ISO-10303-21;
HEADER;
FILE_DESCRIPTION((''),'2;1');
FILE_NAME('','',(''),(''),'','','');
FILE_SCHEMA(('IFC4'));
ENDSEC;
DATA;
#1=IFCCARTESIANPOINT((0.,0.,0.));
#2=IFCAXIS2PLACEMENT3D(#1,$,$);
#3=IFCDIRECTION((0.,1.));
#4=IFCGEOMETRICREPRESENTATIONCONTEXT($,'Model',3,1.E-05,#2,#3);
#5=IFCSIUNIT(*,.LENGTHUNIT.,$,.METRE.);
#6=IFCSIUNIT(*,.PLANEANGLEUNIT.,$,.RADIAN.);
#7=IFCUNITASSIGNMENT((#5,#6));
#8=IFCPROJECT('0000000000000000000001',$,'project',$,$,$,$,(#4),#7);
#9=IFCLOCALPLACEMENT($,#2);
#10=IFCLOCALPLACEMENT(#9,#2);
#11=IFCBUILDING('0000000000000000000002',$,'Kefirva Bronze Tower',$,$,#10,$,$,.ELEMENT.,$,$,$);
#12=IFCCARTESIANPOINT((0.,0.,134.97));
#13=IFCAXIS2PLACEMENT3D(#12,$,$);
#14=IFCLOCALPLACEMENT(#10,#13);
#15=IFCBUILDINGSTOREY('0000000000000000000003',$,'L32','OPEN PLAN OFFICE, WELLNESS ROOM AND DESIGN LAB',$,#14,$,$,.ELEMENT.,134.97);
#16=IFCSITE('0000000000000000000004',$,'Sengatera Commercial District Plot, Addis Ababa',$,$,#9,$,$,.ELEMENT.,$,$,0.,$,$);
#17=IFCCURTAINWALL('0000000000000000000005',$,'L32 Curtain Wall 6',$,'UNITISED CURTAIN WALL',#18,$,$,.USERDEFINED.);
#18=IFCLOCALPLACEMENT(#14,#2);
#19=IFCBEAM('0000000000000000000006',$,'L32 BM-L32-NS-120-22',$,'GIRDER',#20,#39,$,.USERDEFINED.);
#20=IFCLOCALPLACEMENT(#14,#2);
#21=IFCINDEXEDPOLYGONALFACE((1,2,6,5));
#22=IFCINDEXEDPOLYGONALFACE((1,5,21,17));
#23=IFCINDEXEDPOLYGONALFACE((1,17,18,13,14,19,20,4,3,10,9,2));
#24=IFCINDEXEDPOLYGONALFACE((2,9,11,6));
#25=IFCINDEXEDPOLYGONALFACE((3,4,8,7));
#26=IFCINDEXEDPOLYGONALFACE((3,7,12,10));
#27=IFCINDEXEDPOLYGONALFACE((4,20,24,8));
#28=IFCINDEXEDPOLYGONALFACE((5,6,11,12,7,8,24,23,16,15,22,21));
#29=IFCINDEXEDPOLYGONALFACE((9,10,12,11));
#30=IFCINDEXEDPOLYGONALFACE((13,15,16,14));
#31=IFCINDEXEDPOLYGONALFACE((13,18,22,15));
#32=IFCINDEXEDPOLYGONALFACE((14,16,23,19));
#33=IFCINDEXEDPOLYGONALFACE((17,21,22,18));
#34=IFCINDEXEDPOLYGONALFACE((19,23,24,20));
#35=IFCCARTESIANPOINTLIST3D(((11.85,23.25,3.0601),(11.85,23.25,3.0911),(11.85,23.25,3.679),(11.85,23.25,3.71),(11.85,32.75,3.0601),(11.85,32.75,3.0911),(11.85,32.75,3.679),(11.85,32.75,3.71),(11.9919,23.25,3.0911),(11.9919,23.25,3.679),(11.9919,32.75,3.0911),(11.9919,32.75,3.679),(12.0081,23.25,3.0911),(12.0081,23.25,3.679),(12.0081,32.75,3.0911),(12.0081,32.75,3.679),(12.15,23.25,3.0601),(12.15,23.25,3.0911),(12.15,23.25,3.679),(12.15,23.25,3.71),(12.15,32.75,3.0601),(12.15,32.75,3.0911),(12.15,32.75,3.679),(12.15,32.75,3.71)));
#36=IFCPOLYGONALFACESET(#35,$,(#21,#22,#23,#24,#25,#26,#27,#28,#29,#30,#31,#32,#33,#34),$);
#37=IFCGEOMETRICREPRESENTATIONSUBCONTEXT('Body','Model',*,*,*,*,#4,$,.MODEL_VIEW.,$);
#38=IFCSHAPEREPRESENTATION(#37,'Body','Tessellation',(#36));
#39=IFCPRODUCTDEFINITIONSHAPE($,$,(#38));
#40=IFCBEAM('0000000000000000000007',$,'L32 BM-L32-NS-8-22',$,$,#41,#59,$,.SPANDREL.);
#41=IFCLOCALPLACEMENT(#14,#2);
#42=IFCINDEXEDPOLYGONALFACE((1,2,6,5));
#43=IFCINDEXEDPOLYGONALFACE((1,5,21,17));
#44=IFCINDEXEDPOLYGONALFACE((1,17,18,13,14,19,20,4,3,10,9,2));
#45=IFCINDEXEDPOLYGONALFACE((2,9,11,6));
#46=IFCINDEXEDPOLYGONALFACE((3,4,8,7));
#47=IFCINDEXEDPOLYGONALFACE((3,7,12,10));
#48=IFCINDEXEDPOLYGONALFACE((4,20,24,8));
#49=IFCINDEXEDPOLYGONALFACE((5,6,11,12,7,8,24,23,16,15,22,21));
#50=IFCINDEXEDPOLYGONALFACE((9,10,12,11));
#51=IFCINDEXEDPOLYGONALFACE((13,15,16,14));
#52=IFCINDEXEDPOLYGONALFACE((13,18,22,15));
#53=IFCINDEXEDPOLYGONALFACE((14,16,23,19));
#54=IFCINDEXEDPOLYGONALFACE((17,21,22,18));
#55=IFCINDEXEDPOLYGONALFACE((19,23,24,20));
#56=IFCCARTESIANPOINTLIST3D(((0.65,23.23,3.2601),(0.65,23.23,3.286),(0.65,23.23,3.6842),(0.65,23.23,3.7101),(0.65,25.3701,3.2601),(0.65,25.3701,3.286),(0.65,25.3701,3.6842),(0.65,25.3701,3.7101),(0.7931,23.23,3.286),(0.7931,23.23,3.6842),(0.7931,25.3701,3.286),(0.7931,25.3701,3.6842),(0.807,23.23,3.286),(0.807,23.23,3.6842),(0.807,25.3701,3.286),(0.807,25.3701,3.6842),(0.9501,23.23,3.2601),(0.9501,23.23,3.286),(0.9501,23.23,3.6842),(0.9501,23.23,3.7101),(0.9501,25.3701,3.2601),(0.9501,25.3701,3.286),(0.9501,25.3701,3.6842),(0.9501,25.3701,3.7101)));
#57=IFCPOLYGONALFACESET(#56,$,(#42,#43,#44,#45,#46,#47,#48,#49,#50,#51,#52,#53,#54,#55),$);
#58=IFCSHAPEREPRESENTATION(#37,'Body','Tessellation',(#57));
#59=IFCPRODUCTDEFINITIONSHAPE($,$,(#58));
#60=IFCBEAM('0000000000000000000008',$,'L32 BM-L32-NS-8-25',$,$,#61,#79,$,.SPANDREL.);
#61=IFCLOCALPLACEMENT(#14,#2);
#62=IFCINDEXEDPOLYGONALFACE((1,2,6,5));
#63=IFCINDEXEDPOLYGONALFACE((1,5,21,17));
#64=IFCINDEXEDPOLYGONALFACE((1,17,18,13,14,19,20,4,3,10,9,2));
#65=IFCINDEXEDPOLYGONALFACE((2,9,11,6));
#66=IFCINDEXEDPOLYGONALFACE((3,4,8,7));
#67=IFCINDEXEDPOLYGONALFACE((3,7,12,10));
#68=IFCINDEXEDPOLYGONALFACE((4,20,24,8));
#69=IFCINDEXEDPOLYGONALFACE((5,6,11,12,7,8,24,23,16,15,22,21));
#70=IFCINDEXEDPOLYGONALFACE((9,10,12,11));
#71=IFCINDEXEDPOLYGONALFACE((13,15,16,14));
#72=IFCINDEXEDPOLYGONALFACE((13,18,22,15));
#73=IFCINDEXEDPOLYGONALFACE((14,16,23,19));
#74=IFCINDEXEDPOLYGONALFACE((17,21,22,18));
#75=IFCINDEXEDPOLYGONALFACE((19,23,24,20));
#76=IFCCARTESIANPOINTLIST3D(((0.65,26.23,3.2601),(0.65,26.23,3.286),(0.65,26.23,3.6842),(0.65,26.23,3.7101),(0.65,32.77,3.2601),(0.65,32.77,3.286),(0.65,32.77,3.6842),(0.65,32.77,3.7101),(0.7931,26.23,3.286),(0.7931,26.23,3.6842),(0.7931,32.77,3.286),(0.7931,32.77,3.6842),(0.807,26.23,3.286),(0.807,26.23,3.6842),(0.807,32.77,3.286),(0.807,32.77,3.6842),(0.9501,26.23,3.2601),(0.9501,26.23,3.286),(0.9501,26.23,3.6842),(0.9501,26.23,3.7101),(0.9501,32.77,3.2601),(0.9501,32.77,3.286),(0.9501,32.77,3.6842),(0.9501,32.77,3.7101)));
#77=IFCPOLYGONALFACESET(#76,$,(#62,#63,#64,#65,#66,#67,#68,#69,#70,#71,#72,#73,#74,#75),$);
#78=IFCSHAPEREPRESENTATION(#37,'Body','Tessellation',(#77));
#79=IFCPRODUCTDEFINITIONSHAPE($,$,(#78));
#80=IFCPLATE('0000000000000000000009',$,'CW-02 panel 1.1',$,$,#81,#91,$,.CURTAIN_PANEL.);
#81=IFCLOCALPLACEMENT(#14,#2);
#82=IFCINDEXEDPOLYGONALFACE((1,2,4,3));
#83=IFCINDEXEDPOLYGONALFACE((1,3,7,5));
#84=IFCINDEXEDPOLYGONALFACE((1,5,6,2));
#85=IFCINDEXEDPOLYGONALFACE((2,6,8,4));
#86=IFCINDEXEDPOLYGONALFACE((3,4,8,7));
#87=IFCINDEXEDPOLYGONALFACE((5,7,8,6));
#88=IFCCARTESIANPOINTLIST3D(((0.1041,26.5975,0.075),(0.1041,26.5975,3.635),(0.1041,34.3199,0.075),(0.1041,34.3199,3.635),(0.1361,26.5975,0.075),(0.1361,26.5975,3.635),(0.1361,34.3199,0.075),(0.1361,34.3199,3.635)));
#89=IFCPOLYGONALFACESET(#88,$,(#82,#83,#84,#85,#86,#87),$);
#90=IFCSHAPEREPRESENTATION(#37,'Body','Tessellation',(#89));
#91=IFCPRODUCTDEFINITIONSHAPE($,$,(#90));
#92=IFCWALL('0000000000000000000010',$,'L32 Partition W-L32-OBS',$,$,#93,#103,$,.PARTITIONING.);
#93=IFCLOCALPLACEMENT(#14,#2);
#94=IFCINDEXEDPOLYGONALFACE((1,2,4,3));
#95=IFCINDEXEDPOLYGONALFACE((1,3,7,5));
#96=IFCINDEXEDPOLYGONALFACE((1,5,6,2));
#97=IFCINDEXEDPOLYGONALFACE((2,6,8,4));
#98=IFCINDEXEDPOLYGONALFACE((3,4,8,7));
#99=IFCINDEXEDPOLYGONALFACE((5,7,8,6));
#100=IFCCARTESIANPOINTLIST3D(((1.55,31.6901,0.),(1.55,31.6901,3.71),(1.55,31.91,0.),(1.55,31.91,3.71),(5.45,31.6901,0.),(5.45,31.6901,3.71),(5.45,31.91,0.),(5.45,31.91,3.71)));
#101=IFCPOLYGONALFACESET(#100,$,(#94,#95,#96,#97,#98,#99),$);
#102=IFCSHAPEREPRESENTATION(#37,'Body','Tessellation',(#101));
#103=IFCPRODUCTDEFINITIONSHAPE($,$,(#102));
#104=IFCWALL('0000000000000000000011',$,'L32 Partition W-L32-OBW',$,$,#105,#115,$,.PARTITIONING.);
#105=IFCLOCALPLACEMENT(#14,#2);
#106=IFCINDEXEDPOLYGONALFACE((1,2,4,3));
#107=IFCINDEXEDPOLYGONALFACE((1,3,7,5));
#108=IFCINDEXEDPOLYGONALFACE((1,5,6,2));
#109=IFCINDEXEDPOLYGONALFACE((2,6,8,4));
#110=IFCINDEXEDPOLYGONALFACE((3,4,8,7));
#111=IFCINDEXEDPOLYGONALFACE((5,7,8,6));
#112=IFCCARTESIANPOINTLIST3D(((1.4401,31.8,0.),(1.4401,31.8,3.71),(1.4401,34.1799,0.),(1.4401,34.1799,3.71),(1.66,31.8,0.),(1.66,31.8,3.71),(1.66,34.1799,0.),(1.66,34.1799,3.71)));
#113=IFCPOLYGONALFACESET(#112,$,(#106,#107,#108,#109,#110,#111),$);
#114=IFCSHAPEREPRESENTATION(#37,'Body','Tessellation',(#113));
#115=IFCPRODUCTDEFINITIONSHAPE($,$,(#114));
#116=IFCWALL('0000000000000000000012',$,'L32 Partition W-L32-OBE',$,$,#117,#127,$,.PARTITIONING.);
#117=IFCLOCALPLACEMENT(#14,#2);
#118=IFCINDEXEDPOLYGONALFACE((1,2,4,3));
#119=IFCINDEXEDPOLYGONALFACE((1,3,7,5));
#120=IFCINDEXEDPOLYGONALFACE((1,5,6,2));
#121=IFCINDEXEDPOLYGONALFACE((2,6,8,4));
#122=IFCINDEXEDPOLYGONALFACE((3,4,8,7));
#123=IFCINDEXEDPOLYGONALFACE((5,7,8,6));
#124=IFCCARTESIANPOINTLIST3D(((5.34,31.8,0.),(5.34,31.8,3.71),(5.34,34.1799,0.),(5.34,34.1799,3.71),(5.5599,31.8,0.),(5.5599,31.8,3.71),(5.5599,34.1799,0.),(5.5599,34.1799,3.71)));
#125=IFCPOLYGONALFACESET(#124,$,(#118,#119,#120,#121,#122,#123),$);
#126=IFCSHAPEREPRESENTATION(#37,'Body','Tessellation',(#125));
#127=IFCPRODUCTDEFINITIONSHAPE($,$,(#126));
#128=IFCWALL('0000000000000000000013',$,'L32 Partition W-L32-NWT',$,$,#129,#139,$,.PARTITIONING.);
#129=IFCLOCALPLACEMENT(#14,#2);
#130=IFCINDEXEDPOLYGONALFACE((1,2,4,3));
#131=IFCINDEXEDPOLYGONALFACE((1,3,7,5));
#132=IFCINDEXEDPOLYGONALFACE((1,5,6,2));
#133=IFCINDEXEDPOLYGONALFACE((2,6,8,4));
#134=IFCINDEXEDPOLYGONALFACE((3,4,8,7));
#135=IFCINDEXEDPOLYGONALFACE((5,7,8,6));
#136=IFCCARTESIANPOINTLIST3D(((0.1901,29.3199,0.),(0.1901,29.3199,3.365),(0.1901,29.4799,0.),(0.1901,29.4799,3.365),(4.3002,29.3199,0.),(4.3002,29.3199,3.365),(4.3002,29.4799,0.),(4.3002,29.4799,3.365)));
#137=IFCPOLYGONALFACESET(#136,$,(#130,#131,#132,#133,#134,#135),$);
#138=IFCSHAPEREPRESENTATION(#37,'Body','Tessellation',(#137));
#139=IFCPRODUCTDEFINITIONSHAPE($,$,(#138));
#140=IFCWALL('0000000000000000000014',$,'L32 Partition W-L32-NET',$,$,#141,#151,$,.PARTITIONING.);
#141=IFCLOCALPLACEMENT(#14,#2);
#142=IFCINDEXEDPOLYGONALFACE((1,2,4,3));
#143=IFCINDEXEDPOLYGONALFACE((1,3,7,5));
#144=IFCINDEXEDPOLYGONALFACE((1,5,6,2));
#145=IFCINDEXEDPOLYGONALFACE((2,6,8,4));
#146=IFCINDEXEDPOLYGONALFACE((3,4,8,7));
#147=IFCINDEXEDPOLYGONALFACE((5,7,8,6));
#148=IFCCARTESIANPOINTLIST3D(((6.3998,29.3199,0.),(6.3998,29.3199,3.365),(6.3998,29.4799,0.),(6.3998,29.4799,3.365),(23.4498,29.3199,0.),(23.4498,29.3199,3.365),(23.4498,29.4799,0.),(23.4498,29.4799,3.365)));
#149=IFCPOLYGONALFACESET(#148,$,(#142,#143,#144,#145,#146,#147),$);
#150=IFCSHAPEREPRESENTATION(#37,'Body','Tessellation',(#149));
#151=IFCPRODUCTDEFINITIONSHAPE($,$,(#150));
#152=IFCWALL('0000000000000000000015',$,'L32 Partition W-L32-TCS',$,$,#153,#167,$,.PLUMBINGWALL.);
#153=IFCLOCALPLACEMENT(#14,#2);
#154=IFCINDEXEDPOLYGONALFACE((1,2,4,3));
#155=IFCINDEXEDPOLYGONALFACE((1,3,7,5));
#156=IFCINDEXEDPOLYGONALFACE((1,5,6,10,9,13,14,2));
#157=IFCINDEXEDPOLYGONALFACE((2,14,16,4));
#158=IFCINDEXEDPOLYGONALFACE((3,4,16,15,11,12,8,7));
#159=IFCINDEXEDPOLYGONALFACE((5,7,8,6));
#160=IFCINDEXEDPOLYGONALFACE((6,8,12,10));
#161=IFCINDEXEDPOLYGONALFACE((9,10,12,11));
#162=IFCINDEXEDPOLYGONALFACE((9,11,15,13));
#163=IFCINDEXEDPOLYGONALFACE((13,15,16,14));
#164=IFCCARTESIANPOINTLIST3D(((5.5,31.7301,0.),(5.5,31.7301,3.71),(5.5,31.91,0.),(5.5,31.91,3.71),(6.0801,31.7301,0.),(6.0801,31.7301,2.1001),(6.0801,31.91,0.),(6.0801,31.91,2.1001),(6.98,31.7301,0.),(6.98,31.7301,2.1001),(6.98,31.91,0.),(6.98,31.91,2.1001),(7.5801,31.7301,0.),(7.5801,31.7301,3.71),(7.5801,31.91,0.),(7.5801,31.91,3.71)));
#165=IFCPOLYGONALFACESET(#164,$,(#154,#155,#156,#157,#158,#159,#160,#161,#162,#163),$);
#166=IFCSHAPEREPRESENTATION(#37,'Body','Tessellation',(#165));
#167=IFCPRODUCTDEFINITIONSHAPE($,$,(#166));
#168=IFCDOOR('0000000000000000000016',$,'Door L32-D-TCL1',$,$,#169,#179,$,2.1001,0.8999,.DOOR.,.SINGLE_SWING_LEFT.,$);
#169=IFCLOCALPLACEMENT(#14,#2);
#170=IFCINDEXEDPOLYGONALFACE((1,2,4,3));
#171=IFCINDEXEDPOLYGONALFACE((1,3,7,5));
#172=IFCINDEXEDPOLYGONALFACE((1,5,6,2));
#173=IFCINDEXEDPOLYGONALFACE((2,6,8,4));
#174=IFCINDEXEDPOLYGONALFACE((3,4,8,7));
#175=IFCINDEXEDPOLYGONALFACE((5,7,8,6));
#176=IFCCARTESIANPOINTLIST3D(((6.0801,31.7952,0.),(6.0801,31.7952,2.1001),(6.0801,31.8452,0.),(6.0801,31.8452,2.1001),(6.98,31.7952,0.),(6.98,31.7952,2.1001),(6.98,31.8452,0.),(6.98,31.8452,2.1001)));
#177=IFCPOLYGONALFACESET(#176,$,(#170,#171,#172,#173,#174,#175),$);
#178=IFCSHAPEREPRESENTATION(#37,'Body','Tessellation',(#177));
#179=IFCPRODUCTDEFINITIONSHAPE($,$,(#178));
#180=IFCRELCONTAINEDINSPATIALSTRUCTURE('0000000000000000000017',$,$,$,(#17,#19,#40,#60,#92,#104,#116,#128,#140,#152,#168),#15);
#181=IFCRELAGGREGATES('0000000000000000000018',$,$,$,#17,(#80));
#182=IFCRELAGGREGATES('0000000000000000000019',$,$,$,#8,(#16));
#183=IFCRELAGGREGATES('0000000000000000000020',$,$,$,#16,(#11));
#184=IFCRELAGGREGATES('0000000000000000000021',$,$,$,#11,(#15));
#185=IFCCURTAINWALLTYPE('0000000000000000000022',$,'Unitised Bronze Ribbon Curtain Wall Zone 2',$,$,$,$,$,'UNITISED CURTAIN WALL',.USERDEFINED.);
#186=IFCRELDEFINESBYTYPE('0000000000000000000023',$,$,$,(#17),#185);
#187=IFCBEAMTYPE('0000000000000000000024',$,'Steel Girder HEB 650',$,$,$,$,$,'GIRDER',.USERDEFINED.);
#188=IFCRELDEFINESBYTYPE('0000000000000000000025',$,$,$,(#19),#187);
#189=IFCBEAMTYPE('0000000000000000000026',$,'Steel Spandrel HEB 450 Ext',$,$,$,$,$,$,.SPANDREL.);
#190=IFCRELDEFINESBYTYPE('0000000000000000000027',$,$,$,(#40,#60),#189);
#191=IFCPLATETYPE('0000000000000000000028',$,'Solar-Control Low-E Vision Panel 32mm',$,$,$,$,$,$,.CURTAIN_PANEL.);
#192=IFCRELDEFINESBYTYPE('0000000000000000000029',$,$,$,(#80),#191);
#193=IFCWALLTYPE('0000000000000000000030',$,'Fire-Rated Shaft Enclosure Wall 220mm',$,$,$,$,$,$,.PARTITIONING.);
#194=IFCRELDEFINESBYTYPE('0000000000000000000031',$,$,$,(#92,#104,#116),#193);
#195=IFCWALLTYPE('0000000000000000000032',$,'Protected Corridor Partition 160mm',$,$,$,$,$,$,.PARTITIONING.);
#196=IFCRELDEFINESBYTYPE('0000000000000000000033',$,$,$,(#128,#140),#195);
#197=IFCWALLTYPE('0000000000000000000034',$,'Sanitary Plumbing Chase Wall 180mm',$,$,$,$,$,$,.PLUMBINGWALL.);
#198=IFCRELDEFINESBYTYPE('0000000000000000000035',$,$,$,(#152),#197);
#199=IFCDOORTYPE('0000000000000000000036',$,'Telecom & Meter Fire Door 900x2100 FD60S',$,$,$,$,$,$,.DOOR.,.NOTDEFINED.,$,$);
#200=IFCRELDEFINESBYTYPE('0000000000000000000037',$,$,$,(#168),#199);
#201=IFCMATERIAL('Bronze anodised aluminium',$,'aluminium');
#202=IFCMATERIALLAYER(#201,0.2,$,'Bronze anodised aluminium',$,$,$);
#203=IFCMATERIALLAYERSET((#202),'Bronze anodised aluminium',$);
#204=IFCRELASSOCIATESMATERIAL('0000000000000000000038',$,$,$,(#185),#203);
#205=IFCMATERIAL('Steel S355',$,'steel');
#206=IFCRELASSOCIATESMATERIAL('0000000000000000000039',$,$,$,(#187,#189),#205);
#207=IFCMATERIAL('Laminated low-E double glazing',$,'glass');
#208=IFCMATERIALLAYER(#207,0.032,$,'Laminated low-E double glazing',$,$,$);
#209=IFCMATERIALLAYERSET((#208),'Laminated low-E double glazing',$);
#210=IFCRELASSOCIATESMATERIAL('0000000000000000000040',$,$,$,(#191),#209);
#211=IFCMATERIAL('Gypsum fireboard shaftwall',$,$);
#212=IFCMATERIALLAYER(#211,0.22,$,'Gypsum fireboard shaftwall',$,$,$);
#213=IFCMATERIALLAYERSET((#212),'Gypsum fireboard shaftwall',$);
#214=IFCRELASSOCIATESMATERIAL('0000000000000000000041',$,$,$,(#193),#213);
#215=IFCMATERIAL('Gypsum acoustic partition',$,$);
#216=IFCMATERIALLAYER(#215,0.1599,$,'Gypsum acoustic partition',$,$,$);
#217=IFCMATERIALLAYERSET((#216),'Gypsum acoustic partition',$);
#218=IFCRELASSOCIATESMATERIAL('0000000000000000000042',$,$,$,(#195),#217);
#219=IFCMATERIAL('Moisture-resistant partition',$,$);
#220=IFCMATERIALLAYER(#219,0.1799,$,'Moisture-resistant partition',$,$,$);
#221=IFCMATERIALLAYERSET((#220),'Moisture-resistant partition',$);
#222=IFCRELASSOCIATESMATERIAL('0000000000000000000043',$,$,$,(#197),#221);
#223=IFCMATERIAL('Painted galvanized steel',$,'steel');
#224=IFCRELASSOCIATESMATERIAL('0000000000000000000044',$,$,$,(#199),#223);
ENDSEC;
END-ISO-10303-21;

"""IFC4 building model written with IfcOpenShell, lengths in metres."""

from ifc_helpers import new_model, si_unit, direction, frame, frame_2d, origin, origin_2d, place, context, subcontext, project, spatial, rectangle, i_section, extrude, material, layer, layer_set, material_profile, profile_set, type_object, element, fill, aggregate, save


model = new_model("IFC4")

# Units and contexts
model_context = context("Model", 3, precision=1e-05, world=origin(), true_north=direction((0.0, 1.0)))
body_context = subcontext(model_context, "Body", "Model", "MODEL_VIEW")
ifc_project = project(units=[si_unit("LENGTHUNIT", "METRE"), si_unit("PLANEANGLEUNIT", "RADIAN")], contexts=[model_context])

# Site, building, storey
site_placement = place(None, origin())
site = spatial("IfcSite", under=ifc_project, at=site_placement, Name="Sengatera Commercial District Plot, Addis Ababa", CompositionType="ELEMENT", RefElevation=0.0)
building_placement = place(site_placement, origin())
building = spatial("IfcBuilding", under=site, at=building_placement, Name="Kefirva Bronze Tower", CompositionType="ELEMENT")
storey_placement = place(building_placement, frame((0.0, 0.0, 134.97)))
storey = spatial("IfcBuildingStorey", under=building, at=storey_placement, Name="L32", Description="OPEN PLAN OFFICE, WELLNESS ROOM AND DESIGN LAB", CompositionType="ELEMENT", Elevation=134.97)

# Curtain wall
ifc_material_1 = material(Name="Bronze anodised aluminium", Category="aluminium")
ifc_layer_1 = layer(ifc_material_1, 0.2, Name="Bronze anodised aluminium")
ifc_layer_set_1 = layer_set([ifc_layer_1], Name="Bronze anodised aluminium")
curtain_wall_type = type_object("IfcCurtainWallType", Name="Unitised Bronze Ribbon Curtain Wall Zone 2", ElementType="UNITISED CURTAIN WALL", PredefinedType="USERDEFINED", material=ifc_layer_set_1)
curtain_wall_placement = place(storey_placement, origin())
curtain_wall = element("IfcCurtainWall", 1, at=curtain_wall_placement, inside=storey, type_object=curtain_wall_type, Name="L32 Curtain Wall 6", ObjectType="UNITISED CURTAIN WALL", PredefinedType="USERDEFINED")

# Beams
ifc_material_2 = material(Name="Steel S355", Category="steel")
ifc_material_profile_1 = material_profile(ifc_material_2, i_section(OverallWidth=0.3, OverallDepth=0.6499, WebThickness=0.0161, FlangeThickness=0.031, at=origin_2d()), Name="HEB 650")
ifc_profile_set_1 = profile_set([ifc_material_profile_1], Name="Steel S355")
beam_type_1 = type_object("IfcBeamType", Name="Steel Girder HEB 650", ElementType="GIRDER", PredefinedType="USERDEFINED", material=ifc_profile_set_1)
beam_1_placement = place(storey_placement, frame((12.0, 23.25, 3.385), z_axis=(0.0, 1.0, 0.0), x_axis=(-1.0, 0.0, 0.0)))
element("IfcBeam", 2, at=beam_1_placement, inside=storey, type_object=beam_type_1, Name="L32 BM-L32-NS-120-22", ObjectType="GIRDER", PredefinedType="USERDEFINED", context=body_context, shape_type="SweptSolid", body=[
    extrude(i_section(OverallWidth=0.3, OverallDepth=0.6499, WebThickness=0.0161, FlangeThickness=0.031, at=origin_2d()), origin(), (0.0, 0.0, 1.0), 9.5),
])
ifc_material_profile_2 = material_profile(ifc_material_2, i_section(OverallWidth=0.3, OverallDepth=0.45, WebThickness=0.0139, FlangeThickness=0.0259, at=origin_2d()), Name="HEB 450")
ifc_profile_set_2 = profile_set([ifc_material_profile_2], Name="Steel S355")
beam_type_2 = type_object("IfcBeamType", Name="Steel Spandrel HEB 450 Ext", PredefinedType="SPANDREL", material=ifc_profile_set_2)
beam_2_placement = place(storey_placement, frame((0.8, 23.23, 3.4851), z_axis=(0.0, 1.0, 0.0), x_axis=(-1.0, 0.0, 0.0)))
element("IfcBeam", 3, at=beam_2_placement, inside=storey, type_object=beam_type_2, Name="L32 BM-L32-NS-8-22", PredefinedType="SPANDREL", context=body_context, shape_type="SweptSolid", body=[
    extrude(i_section(OverallWidth=0.3, OverallDepth=0.45, WebThickness=0.0139, FlangeThickness=0.0259, at=origin_2d()), origin(), (0.0, 0.0, 1.0), 2.1401),
])
beam_3_placement = place(storey_placement, frame((0.8, 26.23, 3.4851), z_axis=(0.0, 1.0, 0.0), x_axis=(-1.0, 0.0, 0.0)))
element("IfcBeam", 4, at=beam_3_placement, inside=storey, type_object=beam_type_2, Name="L32 BM-L32-NS-8-25", PredefinedType="SPANDREL", context=body_context, shape_type="SweptSolid", body=[
    extrude(i_section(OverallWidth=0.3, OverallDepth=0.45, WebThickness=0.0139, FlangeThickness=0.0259, at=origin_2d()), origin(), (0.0, 0.0, 1.0), 6.54),
])

# Plate
ifc_material_3 = material(Name="Laminated low-E double glazing", Category="glass")
ifc_layer_2 = layer(ifc_material_3, 0.032, Name="Laminated low-E double glazing")
ifc_layer_set_2 = layer_set([ifc_layer_2], Name="Laminated low-E double glazing")
plate_type = type_object("IfcPlateType", Name="Solar-Control Low-E Vision Panel 32mm", PredefinedType="CURTAIN_PANEL", material=ifc_layer_set_2)
plate_placement = place(storey_placement, frame((0.1201, 30.4587, 0.075), z_axis=(0.0, 0.0, 1.0), x_axis=(0.0, -1.0, 0.0)))
plate = element("IfcPlate", 5, at=plate_placement, type_object=plate_type, Name="CW-02 panel 1.1", PredefinedType="CURTAIN_PANEL", context=body_context, shape_type="SweptSolid", body=[
    extrude(rectangle(XDim=7.7224, YDim=0.032, at=origin_2d()), origin(), (0.0, 0.0, 1.0), 3.5601),
])
aggregate(curtain_wall, [plate])

# Walls
ifc_material_4 = material(Name="Gypsum fireboard shaftwall")
ifc_layer_3 = layer(ifc_material_4, 0.22, Name="Gypsum fireboard shaftwall")
ifc_layer_set_3 = layer_set([ifc_layer_3], Name="Gypsum fireboard shaftwall")
wall_type_1 = type_object("IfcWallType", Name="Fire-Rated Shaft Enclosure Wall 220mm", PredefinedType="PARTITIONING", material=ifc_layer_set_3)
wall_1_placement = place(storey_placement, frame((1.55, 31.8, 0.0), z_axis=(0.0, 0.0, 1.0), x_axis=(1.0, 0.0, 0.0)))
element("IfcWall", 6, at=wall_1_placement, inside=storey, type_object=wall_type_1, Name="L32 Partition W-L32-OBS", PredefinedType="PARTITIONING", context=body_context, shape_type="SweptSolid", body=[
    extrude(rectangle(XDim=3.8999, YDim=0.22, at=frame_2d((1.95, 0.0))), origin(), (0.0, 0.0, 1.0), 3.71),
])
for number, where, z_axis, x_axis, name in (
    (7, (1.55, 31.8, 0.0), (0.0, 0.0, 1.0), (0.0, 1.0, 0.0), "L32 Partition W-L32-OBW"),
    (8, (5.45, 31.8, 0.0), (0.0, 0.0, 1.0), (0.0, 1.0, 0.0), "L32 Partition W-L32-OBE"),
):
    element("IfcWall", number, at=place(storey_placement, frame(where, z_axis=z_axis, x_axis=x_axis)), inside=storey, type_object=wall_type_1, Name=name, PredefinedType="PARTITIONING", context=body_context, shape_type="SweptSolid", body=[
        extrude(rectangle(XDim=2.3799, YDim=0.22, at=frame_2d((1.1899, 0.0))), origin(), (0.0, 0.0, 1.0), 3.71),
    ])
ifc_material_5 = material(Name="Gypsum acoustic partition")
ifc_layer_4 = layer(ifc_material_5, 0.1599, Name="Gypsum acoustic partition")
ifc_layer_set_4 = layer_set([ifc_layer_4], Name="Gypsum acoustic partition")
wall_type_2 = type_object("IfcWallType", Name="Protected Corridor Partition 160mm", PredefinedType="PARTITIONING", material=ifc_layer_set_4)
wall_2_placement = place(storey_placement, frame((0.1899, 29.3999, 0.0), z_axis=(0.0, 0.0, 1.0), x_axis=(1.0, 0.0, 0.0)))
element("IfcWall", 9, at=wall_2_placement, inside=storey, type_object=wall_type_2, Name="L32 Partition W-L32-NWT", PredefinedType="PARTITIONING", context=body_context, shape_type="SweptSolid", body=[
    extrude(rectangle(XDim=4.1101, YDim=0.1599, at=frame_2d((2.0552, 0.0))), origin(), (0.0, 0.0, 1.0), 3.365),
])
wall_3_placement = place(storey_placement, frame((6.3999, 29.3999, 0.0), z_axis=(0.0, 0.0, 1.0), x_axis=(1.0, 0.0, 0.0)))
element("IfcWall", 10, at=wall_3_placement, inside=storey, type_object=wall_type_2, Name="L32 Partition W-L32-NET", PredefinedType="PARTITIONING", context=body_context, shape_type="SweptSolid", body=[
    extrude(rectangle(XDim=17.05, YDim=0.1599, at=frame_2d((8.5249, 0.0))), origin(), (0.0, 0.0, 1.0), 3.365),
])

# Wall, opening, door
ifc_material_6 = material(Name="Moisture-resistant partition")
ifc_layer_5 = layer(ifc_material_6, 0.1799, Name="Moisture-resistant partition")
ifc_layer_set_5 = layer_set([ifc_layer_5], Name="Moisture-resistant partition")
wall_type_3 = type_object("IfcWallType", Name="Sanitary Plumbing Chase Wall 180mm", PredefinedType="PLUMBINGWALL", material=ifc_layer_set_5)
wall_4_placement = place(storey_placement, frame((5.5, 31.8201, 0.0), z_axis=(0.0, 0.0, 1.0), x_axis=(1.0, 0.0, 0.0)))
wall_4 = element("IfcWall", 11, at=wall_4_placement, inside=storey, type_object=wall_type_3, Name="L32 Partition W-L32-TCS", PredefinedType="PLUMBINGWALL", context=body_context, shape_type="SweptSolid", body=[
    extrude(rectangle(XDim=2.0801, YDim=0.1799, at=frame_2d((1.04, 0.0))), origin(), (0.0, 0.0, 1.0), 3.71),
])
opening_placement = place(wall_4_placement, frame((1.48, 0.0, 0.0), z_axis=(0.0, 0.0, 1.0), x_axis=(-1.0, 0.0, 0.0)))
opening = element("IfcOpeningElement", 12, at=opening_placement, cuts=wall_4, PredefinedType="OPENING", context=body_context, shape_type="SweptSolid", body=[
    extrude(rectangle(XDim=0.8999, YDim=2.1001, at=frame_2d((0.45, 1.05))), frame((0.0, 0.1001, 0.0), z_axis=(0.0, -1.0, 0.0), x_axis=(1.0, 0.0, 0.0)), (0.0, 0.0, 1.0), 0.2),
])
ifc_material_7 = material(Name="Painted galvanized steel", Category="steel")
door_type = type_object("IfcDoorType", Name="Telecom & Meter Fire Door 900x2100 FD60S", OperationType="NOTDEFINED", PredefinedType="DOOR", material=ifc_material_7)
door_placement = place(opening_placement, origin())
door = element("IfcDoor", 13, at=door_placement, inside=storey, type_object=door_type, Name="Door L32-D-TCL1", OperationType="SINGLE_SWING_LEFT", OverallHeight=2.1001, OverallWidth=0.8999, PredefinedType="DOOR", context=body_context, shape_type="SweptSolid", body=[
    extrude(rectangle(XDim=0.8999, YDim=2.1001, at=frame_2d((0.45, 1.05))), frame((0.0, 0.0249, 0.0), z_axis=(0.0, -1.0, 0.0), x_axis=(1.0, 0.0, 0.0)), (0.0, 0.0, 1.0), 0.05),
])
fill(opening, door)

save(model, "model.ifc")
